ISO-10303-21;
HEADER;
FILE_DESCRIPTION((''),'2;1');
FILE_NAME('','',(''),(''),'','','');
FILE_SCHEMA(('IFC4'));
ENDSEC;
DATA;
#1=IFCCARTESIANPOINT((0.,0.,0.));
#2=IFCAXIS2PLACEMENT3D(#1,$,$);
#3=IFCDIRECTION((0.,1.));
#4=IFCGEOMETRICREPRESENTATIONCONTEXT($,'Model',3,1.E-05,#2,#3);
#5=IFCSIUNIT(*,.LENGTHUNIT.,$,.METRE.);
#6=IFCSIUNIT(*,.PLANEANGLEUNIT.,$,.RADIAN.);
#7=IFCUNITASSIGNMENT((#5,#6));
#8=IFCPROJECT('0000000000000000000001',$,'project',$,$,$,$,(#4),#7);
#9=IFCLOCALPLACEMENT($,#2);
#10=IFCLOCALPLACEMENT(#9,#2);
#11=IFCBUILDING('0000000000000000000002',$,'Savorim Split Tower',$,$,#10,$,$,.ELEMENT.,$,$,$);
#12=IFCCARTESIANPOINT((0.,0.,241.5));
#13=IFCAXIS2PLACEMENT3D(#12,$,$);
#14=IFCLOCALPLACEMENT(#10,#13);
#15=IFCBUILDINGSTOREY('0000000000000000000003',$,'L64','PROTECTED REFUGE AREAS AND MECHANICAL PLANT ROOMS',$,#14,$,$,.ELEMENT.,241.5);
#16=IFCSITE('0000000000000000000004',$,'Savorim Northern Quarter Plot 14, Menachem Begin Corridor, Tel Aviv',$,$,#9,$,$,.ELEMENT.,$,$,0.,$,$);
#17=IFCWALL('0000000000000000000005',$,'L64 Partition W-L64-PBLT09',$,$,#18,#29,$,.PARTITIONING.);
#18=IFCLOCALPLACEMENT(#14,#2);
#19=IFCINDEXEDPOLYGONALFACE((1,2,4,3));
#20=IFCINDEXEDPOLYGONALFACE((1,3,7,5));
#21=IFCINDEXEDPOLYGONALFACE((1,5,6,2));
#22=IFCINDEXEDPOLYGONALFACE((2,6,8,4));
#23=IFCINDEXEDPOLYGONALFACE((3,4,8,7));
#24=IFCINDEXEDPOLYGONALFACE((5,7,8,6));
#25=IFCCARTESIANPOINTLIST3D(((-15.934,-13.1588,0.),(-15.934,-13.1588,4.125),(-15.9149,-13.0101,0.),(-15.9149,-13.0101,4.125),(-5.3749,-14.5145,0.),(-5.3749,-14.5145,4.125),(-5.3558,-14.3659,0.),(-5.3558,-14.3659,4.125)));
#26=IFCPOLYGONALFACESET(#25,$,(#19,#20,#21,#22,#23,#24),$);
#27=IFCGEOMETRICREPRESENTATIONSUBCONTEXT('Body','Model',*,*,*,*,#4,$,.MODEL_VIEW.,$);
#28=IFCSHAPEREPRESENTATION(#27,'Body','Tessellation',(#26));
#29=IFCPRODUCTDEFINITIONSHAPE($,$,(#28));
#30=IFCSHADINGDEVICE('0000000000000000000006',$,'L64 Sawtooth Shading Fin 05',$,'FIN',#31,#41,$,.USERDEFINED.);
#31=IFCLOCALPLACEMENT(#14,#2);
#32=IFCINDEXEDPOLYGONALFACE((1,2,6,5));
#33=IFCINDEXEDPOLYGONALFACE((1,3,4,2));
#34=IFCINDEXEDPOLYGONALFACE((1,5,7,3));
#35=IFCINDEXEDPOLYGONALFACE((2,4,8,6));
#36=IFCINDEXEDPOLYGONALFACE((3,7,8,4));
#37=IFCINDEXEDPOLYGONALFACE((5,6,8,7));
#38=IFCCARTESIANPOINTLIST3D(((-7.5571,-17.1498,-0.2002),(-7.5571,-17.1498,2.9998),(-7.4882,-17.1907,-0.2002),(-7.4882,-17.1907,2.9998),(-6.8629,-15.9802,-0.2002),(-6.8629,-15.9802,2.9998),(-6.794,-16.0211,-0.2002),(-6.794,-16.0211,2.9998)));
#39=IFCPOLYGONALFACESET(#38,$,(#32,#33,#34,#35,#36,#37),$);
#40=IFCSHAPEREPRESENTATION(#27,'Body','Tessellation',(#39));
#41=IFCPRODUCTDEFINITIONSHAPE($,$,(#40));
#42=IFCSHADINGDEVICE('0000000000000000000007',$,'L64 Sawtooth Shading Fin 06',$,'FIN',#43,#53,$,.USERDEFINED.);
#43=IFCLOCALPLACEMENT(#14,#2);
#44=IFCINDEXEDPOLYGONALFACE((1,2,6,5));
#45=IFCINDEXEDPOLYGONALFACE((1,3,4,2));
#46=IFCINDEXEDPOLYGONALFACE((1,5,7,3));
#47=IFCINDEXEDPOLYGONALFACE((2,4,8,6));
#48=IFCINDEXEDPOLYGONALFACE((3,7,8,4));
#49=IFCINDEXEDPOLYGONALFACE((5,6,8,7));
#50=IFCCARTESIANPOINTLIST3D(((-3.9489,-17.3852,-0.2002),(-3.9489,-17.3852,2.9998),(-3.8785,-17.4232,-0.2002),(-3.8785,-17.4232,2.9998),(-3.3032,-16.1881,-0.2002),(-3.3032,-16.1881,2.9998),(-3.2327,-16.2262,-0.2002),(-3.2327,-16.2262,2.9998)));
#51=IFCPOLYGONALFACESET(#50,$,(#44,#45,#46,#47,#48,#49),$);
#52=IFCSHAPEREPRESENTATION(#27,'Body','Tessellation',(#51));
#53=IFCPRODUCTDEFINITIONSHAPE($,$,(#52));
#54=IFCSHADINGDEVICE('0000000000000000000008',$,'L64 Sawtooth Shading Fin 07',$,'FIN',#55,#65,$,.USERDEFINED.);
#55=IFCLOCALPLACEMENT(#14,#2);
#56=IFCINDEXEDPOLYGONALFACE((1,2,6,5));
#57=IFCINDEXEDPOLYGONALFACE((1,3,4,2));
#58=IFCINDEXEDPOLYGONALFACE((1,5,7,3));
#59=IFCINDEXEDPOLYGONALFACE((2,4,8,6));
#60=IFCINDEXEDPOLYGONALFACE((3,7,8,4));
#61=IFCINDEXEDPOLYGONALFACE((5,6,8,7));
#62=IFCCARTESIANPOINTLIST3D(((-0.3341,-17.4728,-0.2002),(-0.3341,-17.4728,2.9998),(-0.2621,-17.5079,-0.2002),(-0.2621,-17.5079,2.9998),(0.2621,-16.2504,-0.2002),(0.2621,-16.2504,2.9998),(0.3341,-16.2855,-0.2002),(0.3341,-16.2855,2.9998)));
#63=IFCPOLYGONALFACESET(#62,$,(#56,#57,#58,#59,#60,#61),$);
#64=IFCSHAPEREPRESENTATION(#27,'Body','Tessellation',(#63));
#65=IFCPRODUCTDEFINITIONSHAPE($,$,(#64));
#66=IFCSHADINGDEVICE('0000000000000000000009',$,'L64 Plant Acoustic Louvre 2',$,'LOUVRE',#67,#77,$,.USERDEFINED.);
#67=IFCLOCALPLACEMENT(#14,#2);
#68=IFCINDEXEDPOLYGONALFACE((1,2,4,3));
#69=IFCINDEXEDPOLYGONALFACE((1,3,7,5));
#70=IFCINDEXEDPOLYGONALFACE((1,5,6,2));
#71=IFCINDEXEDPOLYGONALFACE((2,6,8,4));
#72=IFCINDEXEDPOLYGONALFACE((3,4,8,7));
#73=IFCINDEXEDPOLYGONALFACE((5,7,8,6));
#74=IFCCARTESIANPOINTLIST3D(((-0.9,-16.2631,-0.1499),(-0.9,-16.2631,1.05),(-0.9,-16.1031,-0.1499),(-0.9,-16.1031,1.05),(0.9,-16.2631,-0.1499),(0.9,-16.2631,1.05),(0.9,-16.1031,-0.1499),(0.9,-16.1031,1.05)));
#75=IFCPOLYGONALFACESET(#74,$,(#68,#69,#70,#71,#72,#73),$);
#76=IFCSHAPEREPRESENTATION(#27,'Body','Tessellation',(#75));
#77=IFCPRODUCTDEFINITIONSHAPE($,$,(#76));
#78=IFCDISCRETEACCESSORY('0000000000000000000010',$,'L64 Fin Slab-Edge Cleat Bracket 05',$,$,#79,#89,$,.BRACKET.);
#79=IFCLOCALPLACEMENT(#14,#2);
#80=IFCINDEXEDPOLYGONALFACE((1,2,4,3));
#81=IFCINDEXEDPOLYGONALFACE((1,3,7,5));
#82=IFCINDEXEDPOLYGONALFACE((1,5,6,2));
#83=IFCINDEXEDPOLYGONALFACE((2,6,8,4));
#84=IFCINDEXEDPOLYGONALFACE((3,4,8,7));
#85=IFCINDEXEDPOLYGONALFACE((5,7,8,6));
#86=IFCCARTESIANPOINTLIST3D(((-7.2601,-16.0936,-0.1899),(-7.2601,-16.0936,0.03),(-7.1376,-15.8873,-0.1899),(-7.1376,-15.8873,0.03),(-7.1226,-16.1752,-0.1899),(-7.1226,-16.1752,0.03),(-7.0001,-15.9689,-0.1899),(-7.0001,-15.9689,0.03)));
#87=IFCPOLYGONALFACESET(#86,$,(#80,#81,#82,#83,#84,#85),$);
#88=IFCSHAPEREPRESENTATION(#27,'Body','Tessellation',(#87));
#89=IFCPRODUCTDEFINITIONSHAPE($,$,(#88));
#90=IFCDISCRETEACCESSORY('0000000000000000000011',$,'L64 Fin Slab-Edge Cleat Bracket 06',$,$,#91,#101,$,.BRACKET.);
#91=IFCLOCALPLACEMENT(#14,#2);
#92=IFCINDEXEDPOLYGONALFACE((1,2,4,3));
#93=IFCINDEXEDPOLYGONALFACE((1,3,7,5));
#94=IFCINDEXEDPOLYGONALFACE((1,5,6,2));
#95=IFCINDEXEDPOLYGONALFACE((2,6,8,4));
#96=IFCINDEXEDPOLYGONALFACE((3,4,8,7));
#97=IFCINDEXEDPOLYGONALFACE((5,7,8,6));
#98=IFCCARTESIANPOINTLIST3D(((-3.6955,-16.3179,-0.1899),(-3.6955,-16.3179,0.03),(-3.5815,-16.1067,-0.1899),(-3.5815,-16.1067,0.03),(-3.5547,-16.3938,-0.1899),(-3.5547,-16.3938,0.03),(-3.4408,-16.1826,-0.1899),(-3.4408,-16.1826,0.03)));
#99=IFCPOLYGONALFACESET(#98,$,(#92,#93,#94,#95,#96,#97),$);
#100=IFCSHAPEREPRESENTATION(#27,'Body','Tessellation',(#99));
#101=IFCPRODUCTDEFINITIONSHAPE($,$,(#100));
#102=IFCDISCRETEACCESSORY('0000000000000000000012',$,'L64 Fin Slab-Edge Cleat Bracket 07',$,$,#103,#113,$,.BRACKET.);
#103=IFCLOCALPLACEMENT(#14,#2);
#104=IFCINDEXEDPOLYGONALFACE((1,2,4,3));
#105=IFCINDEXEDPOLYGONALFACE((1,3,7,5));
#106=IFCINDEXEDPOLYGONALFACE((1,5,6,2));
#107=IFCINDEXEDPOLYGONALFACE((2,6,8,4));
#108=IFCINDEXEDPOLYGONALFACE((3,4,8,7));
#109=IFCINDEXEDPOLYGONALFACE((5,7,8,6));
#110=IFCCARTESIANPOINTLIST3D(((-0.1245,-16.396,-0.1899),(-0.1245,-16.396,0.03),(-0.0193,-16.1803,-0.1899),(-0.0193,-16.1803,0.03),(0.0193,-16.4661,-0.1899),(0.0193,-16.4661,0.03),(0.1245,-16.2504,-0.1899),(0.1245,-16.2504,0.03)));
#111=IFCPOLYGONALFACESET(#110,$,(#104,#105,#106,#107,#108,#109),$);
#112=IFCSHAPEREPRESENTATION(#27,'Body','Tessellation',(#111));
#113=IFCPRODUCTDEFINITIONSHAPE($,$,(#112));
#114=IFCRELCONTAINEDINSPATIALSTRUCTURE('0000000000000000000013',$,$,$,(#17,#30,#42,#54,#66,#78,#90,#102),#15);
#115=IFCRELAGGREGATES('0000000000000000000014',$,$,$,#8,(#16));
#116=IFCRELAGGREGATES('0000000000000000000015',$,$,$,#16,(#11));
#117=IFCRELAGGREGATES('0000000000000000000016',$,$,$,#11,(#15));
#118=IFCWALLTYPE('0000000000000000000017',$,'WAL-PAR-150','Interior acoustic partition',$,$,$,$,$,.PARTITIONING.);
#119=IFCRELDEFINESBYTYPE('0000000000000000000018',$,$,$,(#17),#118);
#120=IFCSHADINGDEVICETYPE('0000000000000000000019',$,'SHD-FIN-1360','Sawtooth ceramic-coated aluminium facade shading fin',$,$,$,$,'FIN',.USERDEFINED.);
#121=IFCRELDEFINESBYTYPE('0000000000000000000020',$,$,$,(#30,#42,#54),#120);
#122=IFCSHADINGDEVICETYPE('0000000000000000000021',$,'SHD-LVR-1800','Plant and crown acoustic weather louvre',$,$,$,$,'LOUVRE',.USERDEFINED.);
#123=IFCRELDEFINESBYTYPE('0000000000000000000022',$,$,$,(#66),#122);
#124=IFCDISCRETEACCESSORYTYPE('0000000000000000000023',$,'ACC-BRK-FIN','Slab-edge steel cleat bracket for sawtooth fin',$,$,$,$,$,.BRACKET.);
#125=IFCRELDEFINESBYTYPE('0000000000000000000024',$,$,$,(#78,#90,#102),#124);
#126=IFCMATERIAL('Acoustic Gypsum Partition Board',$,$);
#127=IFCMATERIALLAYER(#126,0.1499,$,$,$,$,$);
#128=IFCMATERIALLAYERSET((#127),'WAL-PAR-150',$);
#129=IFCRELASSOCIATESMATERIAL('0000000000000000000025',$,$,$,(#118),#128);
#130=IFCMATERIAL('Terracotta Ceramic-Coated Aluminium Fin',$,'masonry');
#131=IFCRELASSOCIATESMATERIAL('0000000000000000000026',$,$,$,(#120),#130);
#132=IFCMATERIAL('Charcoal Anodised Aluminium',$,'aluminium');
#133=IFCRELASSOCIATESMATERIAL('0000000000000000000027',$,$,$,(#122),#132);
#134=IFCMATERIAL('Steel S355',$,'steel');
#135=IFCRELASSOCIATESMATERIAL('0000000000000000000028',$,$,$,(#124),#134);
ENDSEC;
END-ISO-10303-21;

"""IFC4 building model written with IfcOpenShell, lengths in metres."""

from ifc_helpers import new_model, si_unit, direction, frame, frame_2d, origin, origin_2d, place, context, subcontext, project, spatial, rectangle, extrude, material, layer, layer_set, type_object, element, save


model = new_model("IFC4")

# Units and contexts
model_context = context("Model", 3, precision=1e-05, world=origin(), true_north=direction((0.0, 1.0)))
body_context = subcontext(model_context, "Body", "Model", "MODEL_VIEW")
ifc_project = project(units=[si_unit("LENGTHUNIT", "METRE"), si_unit("PLANEANGLEUNIT", "RADIAN")], contexts=[model_context])

# Site, building, storey
site_placement = place(None, origin())
site = spatial("IfcSite", under=ifc_project, at=site_placement, Name="Savorim Northern Quarter Plot 14, Menachem Begin Corridor, Tel Aviv", CompositionType="ELEMENT", RefElevation=0.0)
building_placement = place(site_placement, origin())
building = spatial("IfcBuilding", under=site, at=building_placement, Name="Savorim Split Tower", CompositionType="ELEMENT")
storey_placement = place(building_placement, frame((0.0, 0.0, 241.5)))
storey = spatial("IfcBuildingStorey", under=building, at=storey_placement, Name="L64", Description="PROTECTED REFUGE AREAS AND MECHANICAL PLANT ROOMS", CompositionType="ELEMENT", Elevation=241.5)

# Shared definitions
ifc_material_1 = material(Name="Steel S355", Category="steel")

# Shared definitions
ifc_material_2 = material(Name="Charcoal Anodised Aluminium", Category="aluminium")

# Wall
ifc_material_3 = material(Name="Acoustic Gypsum Partition Board")
ifc_layer_1 = layer(ifc_material_3, 0.1499)
ifc_layer_set_1 = layer_set([ifc_layer_1], Name="WAL-PAR-150")
wall_type = type_object("IfcWallType", Name="WAL-PAR-150", Description="Interior acoustic partition", PredefinedType="PARTITIONING", material=ifc_layer_set_1)
wall_placement = place(storey_placement, frame((-5.3655, -14.4402, 0.0), z_axis=(0.0, 0.0, 1.0), x_axis=(-0.991858, 0.127348, 0.0)))
element("IfcWall", 1, at=wall_placement, inside=storey, type_object=wall_type, Name="L64 Partition W-L64-PBLT09", PredefinedType="PARTITIONING", context=body_context, shape_type="SweptSolid", body=[
    extrude(rectangle(XDim=10.6458, YDim=0.1499, at=frame_2d((5.3228, 0.0))), origin(), (0.0, 0.0, 1.0), 4.125),
])

# Shading devices
ifc_material_4 = material(Name="Terracotta Ceramic-Coated Aluminium Fin", Category="masonry")
shading_device_type_1 = type_object("IfcShadingDeviceType", Name="SHD-FIN-1360", Description="Sawtooth ceramic-coated aluminium facade shading fin", ElementType="FIN", PredefinedType="USERDEFINED", material=ifc_material_4)
for number, where, z_axis, x_axis, name in (
    (2, (-7.1755, -16.5854, -0.2002), (0.0, 0.0, 1.0), (-0.510391, -0.859942, 0.0), "L64 Sawtooth Shading Fin 05"),
    (3, (-3.5908, -16.8057, -0.2002), (0.0, 0.0, 1.0), (-0.474778, -0.880106, 0.0), "L64 Sawtooth Shading Fin 06"),
    (4, (0.0, -16.8792, -0.2002), (0.0, 0.0, 1.0), (-0.438371, -0.898794, 0.0), "L64 Sawtooth Shading Fin 07"),
):
    element("IfcShadingDevice", number, at=place(storey_placement, frame(where, z_axis=z_axis, x_axis=x_axis)), inside=storey, type_object=shading_device_type_1, Name=name, ObjectType="FIN", PredefinedType="USERDEFINED", context=body_context, shape_type="SweptSolid", body=[
        extrude(rectangle(XDim=1.3601, YDim=0.0801, at=origin_2d()), origin(), (0.0, 0.0, 1.0), 3.2),
    ])
shading_device_type_2 = type_object("IfcShadingDeviceType", Name="SHD-LVR-1800", Description="Plant and crown acoustic weather louvre", ElementType="LOUVRE", PredefinedType="USERDEFINED", material=ifc_material_2)
shading_device_placement = place(storey_placement, frame((0.0, -16.1831, -0.1499), z_axis=(0.0, 0.0, 1.0), x_axis=(1.0, 0.0, 0.0)))
element("IfcShadingDevice", 5, at=shading_device_placement, inside=storey, type_object=shading_device_type_2, Name="L64 Plant Acoustic Louvre 2", ObjectType="LOUVRE", PredefinedType="USERDEFINED", context=body_context, shape_type="SweptSolid", body=[
    extrude(rectangle(XDim=1.8, YDim=0.1599, at=origin_2d()), origin(), (0.0, 0.0, 1.0), 1.2),
])

# Discrete accessories
discrete_accessory_type = type_object("IfcDiscreteAccessoryType", Name="ACC-BRK-FIN", Description="Slab-edge steel cleat bracket for sawtooth fin", PredefinedType="BRACKET", material=ifc_material_1)
for number, where, z_axis, x_axis, name in (
    (6, (-7.1301, -16.0312, -0.1899), (0.0, 0.0, 1.0), (-0.510391, -0.859942, 0.0), "L64 Fin Slab-Edge Cleat Bracket 05"),
    (7, (-3.5681, -16.2502, -0.1899), (0.0, 0.0, 1.0), (-0.474778, -0.880106, 0.0), "L64 Fin Slab-Edge Cleat Bracket 06"),
    (8, (0.0, -16.3232, -0.1899), (0.0, 0.0, 1.0), (-0.438371, -0.898794, 0.0), "L64 Fin Slab-Edge Cleat Bracket 07"),
):
    element("IfcDiscreteAccessory", number, at=place(storey_placement, frame(where, z_axis=z_axis, x_axis=x_axis)), inside=storey, type_object=discrete_accessory_type, Name=name, PredefinedType="BRACKET", context=body_context, shape_type="SweptSolid", body=[
        extrude(rectangle(XDim=0.24, YDim=0.1599, at=origin_2d()), origin(), (0.0, 0.0, 1.0), 0.22),
    ])

save(model, "model.ifc")
